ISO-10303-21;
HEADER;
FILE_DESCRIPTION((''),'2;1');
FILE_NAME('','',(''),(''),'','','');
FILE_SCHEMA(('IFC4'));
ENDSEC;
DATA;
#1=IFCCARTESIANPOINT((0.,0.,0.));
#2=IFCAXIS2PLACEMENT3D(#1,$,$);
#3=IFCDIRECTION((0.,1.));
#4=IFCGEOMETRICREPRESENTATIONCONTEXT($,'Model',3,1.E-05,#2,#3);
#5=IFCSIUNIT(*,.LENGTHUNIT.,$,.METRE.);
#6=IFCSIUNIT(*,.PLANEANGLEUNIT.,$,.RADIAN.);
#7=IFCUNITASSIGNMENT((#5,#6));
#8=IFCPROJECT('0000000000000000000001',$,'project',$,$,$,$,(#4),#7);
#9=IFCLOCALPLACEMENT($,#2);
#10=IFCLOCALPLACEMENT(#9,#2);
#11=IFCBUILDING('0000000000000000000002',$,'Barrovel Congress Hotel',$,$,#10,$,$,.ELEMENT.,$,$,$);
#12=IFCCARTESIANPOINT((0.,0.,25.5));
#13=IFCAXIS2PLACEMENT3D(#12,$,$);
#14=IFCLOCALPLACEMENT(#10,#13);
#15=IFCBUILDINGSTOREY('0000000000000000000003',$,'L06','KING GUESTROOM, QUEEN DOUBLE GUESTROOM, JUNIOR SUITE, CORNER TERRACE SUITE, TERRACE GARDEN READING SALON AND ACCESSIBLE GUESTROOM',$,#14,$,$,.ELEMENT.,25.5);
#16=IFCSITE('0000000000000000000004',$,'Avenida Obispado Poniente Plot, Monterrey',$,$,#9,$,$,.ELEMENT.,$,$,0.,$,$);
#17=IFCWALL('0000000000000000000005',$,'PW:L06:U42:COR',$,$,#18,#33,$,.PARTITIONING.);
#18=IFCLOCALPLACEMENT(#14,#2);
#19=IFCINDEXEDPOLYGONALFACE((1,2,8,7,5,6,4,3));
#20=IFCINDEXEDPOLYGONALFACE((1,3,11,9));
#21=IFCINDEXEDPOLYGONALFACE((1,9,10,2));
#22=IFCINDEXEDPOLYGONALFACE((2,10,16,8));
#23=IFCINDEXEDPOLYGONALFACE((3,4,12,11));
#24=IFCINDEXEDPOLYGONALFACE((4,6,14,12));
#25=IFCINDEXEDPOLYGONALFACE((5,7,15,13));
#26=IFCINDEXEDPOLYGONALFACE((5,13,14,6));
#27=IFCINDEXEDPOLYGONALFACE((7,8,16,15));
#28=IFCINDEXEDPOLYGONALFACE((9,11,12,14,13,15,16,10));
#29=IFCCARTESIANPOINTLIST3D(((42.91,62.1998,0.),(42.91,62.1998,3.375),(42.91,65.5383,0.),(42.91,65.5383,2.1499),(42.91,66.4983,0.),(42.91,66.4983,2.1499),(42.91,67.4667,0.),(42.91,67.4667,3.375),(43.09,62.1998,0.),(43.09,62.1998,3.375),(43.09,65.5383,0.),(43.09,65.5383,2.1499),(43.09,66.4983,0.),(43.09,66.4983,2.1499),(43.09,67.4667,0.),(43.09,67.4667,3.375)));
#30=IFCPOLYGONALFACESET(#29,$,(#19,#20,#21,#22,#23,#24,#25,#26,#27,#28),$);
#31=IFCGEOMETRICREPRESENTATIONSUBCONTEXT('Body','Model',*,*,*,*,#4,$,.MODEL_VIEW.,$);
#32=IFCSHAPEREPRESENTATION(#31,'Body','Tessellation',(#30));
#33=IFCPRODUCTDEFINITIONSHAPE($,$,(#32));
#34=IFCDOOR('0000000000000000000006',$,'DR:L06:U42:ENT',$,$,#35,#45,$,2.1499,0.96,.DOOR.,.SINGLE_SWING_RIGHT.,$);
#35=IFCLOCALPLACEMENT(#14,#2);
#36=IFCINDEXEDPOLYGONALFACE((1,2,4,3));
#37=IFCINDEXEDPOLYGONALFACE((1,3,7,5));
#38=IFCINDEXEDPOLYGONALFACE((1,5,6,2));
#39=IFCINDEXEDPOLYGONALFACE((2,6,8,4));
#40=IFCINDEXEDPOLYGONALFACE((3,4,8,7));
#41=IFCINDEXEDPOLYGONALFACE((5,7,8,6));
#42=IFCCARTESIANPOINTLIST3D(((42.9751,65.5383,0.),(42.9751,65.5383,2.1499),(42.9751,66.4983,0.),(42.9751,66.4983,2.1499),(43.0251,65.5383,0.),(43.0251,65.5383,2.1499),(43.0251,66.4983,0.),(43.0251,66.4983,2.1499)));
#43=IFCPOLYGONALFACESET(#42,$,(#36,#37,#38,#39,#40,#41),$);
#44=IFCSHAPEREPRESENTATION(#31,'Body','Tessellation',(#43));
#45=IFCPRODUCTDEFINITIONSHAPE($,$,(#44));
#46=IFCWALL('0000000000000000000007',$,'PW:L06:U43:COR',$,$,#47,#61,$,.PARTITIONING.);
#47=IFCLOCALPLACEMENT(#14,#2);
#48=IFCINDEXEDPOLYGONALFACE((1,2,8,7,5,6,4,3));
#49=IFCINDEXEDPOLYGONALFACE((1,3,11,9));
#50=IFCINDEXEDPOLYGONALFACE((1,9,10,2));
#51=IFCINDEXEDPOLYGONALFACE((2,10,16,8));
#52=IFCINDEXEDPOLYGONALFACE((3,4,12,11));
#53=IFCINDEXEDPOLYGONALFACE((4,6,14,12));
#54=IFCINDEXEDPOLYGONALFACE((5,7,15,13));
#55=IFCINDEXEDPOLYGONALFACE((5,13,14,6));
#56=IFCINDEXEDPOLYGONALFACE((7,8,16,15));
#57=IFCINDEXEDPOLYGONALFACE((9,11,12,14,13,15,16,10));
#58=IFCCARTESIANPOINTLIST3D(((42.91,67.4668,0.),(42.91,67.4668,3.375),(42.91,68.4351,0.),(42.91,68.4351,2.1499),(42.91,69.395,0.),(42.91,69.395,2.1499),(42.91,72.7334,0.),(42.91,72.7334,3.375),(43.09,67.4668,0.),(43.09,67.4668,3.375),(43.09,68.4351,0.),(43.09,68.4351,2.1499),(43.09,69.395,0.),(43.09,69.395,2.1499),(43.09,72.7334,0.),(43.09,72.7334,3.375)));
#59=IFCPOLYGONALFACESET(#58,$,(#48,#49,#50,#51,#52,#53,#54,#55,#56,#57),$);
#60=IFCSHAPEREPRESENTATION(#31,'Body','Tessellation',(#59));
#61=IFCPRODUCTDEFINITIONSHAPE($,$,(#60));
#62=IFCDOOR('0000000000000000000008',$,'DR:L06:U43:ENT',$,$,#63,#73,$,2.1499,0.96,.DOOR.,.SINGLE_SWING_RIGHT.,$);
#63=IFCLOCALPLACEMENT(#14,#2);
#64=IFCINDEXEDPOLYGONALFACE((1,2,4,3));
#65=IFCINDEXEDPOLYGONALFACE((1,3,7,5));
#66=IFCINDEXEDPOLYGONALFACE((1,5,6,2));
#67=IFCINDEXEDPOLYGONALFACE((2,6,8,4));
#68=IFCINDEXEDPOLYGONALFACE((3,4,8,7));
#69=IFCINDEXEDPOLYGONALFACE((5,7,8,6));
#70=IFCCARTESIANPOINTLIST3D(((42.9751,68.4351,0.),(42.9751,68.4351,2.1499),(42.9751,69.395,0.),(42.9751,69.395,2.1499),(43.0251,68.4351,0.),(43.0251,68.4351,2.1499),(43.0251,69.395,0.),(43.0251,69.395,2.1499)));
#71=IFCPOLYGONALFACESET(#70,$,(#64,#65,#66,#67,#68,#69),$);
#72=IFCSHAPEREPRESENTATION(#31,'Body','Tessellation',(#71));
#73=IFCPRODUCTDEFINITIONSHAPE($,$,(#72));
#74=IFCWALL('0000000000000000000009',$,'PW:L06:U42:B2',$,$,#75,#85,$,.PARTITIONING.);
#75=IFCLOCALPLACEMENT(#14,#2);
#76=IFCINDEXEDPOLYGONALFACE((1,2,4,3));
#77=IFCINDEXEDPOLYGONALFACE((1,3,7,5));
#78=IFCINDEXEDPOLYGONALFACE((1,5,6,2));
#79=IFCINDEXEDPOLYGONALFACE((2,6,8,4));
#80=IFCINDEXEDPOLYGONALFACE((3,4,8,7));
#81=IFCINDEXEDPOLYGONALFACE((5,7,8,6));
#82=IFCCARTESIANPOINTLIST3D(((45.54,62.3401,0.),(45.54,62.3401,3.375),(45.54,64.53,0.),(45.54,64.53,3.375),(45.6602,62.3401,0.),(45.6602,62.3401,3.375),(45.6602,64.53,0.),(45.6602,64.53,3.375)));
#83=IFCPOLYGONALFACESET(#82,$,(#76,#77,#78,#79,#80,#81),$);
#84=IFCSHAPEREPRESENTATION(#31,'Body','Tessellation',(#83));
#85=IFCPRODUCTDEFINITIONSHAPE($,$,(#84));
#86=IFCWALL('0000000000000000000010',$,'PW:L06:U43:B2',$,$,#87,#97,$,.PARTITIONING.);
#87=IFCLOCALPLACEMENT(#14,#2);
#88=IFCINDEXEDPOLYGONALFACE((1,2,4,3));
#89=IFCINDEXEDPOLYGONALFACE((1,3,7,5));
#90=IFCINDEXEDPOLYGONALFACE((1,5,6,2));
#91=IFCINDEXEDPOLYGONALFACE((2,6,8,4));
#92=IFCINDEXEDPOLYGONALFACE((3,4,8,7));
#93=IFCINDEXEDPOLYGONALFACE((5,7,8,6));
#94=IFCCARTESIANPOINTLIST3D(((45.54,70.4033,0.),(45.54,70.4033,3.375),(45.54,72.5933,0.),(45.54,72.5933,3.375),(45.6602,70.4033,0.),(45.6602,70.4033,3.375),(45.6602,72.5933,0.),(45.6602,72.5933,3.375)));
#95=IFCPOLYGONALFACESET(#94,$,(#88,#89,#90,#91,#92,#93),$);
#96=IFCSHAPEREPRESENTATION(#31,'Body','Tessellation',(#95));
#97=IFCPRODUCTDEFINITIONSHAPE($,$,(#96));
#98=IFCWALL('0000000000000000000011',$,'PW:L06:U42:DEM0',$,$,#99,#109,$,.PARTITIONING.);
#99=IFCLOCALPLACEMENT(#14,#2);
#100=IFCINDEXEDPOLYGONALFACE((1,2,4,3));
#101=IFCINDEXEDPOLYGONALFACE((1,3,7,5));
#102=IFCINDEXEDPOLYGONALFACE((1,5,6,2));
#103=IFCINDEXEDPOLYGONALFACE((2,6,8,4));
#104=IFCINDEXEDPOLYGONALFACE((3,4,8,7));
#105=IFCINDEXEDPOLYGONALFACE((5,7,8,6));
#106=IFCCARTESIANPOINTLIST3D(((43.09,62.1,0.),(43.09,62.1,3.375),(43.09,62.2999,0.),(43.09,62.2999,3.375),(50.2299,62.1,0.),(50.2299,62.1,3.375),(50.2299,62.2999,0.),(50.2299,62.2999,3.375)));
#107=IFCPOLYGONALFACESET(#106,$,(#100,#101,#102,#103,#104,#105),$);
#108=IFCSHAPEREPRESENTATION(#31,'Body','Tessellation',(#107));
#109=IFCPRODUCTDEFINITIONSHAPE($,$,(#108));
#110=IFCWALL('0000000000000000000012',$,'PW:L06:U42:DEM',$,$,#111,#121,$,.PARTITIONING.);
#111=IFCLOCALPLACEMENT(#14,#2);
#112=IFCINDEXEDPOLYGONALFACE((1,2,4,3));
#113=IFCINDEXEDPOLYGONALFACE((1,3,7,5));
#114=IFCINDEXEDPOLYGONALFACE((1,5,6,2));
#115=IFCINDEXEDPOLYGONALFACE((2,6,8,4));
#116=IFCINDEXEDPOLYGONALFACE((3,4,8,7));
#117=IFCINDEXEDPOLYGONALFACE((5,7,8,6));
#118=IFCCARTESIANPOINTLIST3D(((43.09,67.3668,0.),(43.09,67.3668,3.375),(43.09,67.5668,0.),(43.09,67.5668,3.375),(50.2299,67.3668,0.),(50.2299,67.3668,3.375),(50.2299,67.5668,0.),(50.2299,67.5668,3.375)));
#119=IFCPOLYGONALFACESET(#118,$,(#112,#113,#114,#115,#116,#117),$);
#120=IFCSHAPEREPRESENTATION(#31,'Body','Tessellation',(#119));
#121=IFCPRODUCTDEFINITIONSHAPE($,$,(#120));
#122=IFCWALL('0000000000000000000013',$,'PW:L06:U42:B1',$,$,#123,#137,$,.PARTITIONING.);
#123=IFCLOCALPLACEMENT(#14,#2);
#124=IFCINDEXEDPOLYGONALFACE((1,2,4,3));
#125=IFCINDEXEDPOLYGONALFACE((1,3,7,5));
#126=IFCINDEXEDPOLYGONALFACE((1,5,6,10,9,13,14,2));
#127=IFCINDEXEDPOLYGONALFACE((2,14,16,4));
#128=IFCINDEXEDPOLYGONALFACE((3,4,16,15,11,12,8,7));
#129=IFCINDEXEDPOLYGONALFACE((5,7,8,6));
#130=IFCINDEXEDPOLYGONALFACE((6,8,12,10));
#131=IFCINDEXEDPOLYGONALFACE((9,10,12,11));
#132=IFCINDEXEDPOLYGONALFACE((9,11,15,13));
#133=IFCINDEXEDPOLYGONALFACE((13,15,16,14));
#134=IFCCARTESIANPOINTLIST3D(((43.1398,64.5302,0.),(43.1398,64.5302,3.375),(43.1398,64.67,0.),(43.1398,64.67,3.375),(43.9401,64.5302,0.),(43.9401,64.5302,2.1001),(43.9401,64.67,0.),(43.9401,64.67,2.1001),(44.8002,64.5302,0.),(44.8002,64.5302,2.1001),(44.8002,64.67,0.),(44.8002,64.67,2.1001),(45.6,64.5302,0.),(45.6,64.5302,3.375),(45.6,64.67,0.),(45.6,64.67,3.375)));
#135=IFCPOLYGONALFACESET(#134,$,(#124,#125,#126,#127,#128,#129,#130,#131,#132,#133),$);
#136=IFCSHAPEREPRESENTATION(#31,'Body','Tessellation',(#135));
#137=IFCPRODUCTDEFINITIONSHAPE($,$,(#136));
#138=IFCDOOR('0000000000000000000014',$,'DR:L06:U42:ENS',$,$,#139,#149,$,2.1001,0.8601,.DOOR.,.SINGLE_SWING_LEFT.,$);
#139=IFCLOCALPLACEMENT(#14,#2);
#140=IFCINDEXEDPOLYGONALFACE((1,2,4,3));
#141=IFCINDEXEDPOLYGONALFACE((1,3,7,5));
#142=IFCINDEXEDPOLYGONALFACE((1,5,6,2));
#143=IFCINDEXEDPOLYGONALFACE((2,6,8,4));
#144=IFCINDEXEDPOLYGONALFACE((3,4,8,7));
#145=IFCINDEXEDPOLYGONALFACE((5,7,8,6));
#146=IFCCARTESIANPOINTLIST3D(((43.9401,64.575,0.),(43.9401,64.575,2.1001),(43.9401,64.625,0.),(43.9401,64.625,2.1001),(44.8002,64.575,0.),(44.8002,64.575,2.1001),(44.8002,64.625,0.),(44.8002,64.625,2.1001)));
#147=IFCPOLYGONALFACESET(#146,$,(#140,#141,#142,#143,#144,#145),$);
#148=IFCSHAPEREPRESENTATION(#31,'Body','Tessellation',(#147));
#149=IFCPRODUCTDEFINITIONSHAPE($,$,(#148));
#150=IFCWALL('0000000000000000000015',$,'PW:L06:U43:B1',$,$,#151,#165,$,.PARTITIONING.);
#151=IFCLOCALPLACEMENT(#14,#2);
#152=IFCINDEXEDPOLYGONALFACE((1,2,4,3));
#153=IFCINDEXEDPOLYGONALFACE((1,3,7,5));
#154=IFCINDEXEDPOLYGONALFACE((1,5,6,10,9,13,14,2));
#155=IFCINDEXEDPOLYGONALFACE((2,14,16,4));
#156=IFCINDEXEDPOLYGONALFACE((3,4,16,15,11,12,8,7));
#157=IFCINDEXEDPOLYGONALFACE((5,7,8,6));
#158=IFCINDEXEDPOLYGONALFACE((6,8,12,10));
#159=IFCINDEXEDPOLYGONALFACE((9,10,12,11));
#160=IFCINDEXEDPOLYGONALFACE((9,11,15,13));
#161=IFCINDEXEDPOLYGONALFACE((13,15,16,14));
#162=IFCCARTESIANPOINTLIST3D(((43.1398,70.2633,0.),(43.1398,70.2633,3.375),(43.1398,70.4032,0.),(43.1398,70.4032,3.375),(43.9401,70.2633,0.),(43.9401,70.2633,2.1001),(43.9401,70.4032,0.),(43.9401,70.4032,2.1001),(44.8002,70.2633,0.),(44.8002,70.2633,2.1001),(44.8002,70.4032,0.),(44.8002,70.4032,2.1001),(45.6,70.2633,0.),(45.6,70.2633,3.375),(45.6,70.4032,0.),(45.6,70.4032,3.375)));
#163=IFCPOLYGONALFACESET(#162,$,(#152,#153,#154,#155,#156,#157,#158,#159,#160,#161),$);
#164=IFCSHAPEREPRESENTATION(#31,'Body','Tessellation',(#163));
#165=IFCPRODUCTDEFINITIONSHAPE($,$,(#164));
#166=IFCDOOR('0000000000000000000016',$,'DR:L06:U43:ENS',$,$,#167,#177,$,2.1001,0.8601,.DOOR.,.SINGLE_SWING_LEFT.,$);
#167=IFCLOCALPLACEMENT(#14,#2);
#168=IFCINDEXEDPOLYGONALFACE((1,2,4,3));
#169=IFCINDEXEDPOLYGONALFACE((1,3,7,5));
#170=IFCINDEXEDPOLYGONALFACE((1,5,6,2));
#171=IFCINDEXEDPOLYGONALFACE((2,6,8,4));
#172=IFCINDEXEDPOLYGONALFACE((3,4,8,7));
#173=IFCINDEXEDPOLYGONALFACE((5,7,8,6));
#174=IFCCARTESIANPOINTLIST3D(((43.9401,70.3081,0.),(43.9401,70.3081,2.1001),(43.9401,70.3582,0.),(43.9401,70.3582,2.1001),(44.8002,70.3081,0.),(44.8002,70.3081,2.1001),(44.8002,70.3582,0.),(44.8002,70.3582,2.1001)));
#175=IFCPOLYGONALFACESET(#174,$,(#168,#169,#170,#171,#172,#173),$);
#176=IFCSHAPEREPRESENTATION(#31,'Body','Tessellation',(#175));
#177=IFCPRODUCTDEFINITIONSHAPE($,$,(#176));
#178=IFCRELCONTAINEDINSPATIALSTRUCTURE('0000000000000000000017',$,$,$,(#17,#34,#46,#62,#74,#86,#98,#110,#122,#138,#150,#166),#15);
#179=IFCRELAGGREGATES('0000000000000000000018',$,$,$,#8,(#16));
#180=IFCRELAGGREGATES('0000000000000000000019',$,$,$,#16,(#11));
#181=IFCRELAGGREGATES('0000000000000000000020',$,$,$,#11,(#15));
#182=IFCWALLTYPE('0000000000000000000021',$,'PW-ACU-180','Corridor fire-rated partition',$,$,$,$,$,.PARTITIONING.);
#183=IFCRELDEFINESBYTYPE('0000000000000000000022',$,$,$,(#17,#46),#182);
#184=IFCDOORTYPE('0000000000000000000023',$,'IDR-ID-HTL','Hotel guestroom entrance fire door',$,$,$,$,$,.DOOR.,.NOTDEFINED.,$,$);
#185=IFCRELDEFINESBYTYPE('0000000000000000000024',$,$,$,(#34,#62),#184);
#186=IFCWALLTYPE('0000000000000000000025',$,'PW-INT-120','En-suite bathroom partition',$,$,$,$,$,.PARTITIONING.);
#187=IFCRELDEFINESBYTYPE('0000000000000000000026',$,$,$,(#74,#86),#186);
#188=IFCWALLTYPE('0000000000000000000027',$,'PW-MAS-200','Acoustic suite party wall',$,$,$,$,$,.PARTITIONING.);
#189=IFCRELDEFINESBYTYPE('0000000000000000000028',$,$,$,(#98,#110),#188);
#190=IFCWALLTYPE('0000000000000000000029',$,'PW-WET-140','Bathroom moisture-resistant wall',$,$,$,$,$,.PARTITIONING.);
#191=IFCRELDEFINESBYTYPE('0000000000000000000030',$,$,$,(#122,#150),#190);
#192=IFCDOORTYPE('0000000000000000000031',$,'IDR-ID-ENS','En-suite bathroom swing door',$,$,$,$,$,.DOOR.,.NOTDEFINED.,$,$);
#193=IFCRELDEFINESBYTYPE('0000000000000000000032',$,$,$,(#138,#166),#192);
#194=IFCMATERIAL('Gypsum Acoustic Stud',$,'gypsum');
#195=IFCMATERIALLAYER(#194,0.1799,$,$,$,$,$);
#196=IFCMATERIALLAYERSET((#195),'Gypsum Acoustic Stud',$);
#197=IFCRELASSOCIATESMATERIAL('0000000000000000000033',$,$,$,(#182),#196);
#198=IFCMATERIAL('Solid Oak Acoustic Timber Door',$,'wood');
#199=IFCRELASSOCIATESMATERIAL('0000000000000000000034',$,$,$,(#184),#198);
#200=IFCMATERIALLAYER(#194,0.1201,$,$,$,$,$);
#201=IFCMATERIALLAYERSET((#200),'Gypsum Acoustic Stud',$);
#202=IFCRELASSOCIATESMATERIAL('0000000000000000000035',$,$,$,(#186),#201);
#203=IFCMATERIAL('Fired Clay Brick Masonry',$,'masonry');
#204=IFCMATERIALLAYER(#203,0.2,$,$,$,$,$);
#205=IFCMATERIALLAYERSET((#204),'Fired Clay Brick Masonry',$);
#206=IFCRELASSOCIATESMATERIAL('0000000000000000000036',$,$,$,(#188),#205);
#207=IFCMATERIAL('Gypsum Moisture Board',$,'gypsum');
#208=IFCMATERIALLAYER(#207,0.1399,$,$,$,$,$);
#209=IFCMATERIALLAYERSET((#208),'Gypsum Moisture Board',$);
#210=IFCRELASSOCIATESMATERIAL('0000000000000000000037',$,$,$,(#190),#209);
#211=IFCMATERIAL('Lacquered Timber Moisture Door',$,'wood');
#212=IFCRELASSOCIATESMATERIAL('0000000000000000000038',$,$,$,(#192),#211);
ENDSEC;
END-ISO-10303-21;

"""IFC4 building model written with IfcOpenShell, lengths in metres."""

from ifc_helpers import new_model, si_unit, direction, frame, frame_2d, origin, place, context, subcontext, project, spatial, rectangle, extrude, material, layer, layer_set, type_object, element, fill, save


model = new_model("IFC4")

# Units and contexts
model_context = context("Model", 3, precision=1e-05, world=origin(), true_north=direction((0.0, 1.0)))
body_context = subcontext(model_context, "Body", "Model", "MODEL_VIEW")
ifc_project = project(units=[si_unit("LENGTHUNIT", "METRE"), si_unit("PLANEANGLEUNIT", "RADIAN")], contexts=[model_context])

# Site, building, storey
site_placement = place(None, origin())
site = spatial("IfcSite", under=ifc_project, at=site_placement, Name="Avenida Obispado Poniente Plot, Monterrey", CompositionType="ELEMENT", RefElevation=0.0)
building_placement = place(site_placement, origin())
building = spatial("IfcBuilding", under=site, at=building_placement, Name="Barrovel Congress Hotel", CompositionType="ELEMENT")
storey_placement = place(building_placement, frame((0.0, 0.0, 25.5)))
storey = spatial("IfcBuildingStorey", under=building, at=storey_placement, Name="L06", Description="KING GUESTROOM, QUEEN DOUBLE GUESTROOM, JUNIOR SUITE, CORNER TERRACE SUITE, TERRACE GARDEN READING SALON AND ACCESSIBLE GUESTROOM", CompositionType="ELEMENT", Elevation=25.5)

# Shared definitions
ifc_material_1 = material(Name="Fired Clay Brick Masonry", Category="masonry")

# Walls, openings, doors
ifc_material_2 = material(Name="Gypsum Acoustic Stud", Category="gypsum")
ifc_layer_1 = layer(ifc_material_2, 0.1799)
ifc_layer_set_1 = layer_set([ifc_layer_1], Name="Gypsum Acoustic Stud")
wall_type_1 = type_object("IfcWallType", Name="PW-ACU-180", Description="Corridor fire-rated partition", PredefinedType="PARTITIONING", material=ifc_layer_set_1)
wall_1_placement = place(storey_placement, frame((43.0, 62.2, 0.0), z_axis=(0.0, 0.0, 1.0), x_axis=(0.0, 1.0, 0.0)))
wall_1 = element("IfcWall", 1, at=wall_1_placement, inside=storey, type_object=wall_type_1, Name="PW:L06:U42:COR", PredefinedType="PARTITIONING", context=body_context, shape_type="SweptSolid", body=[
    extrude(rectangle(XDim=5.2668, YDim=0.1799, at=frame_2d((2.6333, 0.0))), origin(), (0.0, 0.0, 1.0), 3.375),
])
opening_1_placement = place(wall_1_placement, frame((3.3384, 0.0, 0.0)))
opening_1 = element("IfcOpeningElement", 2, at=opening_1_placement, cuts=wall_1, PredefinedType="OPENING", context=body_context, shape_type="SweptSolid", body=[
    extrude(rectangle(XDim=0.96, YDim=2.1499, at=frame_2d((0.48, 1.075))), frame((0.0, 0.1001, 0.0), z_axis=(0.0, -1.0, 0.0), x_axis=(1.0, 0.0, 0.0)), (0.0, 0.0, 1.0), 0.2),
])
ifc_material_3 = material(Name="Solid Oak Acoustic Timber Door", Category="wood")
door_type_1 = type_object("IfcDoorType", Name="IDR-ID-HTL", Description="Hotel guestroom entrance fire door", OperationType="NOTDEFINED", PredefinedType="DOOR", material=ifc_material_3)
door_1_placement = place(opening_1_placement, origin())
door_1 = element("IfcDoor", 3, at=door_1_placement, inside=storey, type_object=door_type_1, Name="DR:L06:U42:ENT", OperationType="SINGLE_SWING_RIGHT", OverallHeight=2.1499, OverallWidth=0.96, PredefinedType="DOOR", context=body_context, shape_type="SweptSolid", body=[
    extrude(rectangle(XDim=0.96, YDim=2.1499, at=frame_2d((0.48, 1.075))), frame((0.0, 0.0249, 0.0), z_axis=(0.0, -1.0, 0.0), x_axis=(1.0, 0.0, 0.0)), (0.0, 0.0, 1.0), 0.05),
])
fill(opening_1, door_1)
wall_2_placement = place(storey_placement, frame((43.0, 67.4668, 0.0), z_axis=(0.0, 0.0, 1.0), x_axis=(0.0, 1.0, 0.0)))
wall_2 = element("IfcWall", 4, at=wall_2_placement, inside=storey, type_object=wall_type_1, Name="PW:L06:U43:COR", PredefinedType="PARTITIONING", context=body_context, shape_type="SweptSolid", body=[
    extrude(rectangle(XDim=5.2666, YDim=0.1799, at=frame_2d((2.6333, 0.0))), origin(), (0.0, 0.0, 1.0), 3.375),
])
opening_2_placement = place(wall_2_placement, frame((0.9683, 0.0, 0.0)))
opening_2 = element("IfcOpeningElement", 5, at=opening_2_placement, cuts=wall_2, PredefinedType="OPENING", context=body_context, shape_type="SweptSolid", body=[
    extrude(rectangle(XDim=0.96, YDim=2.1499, at=frame_2d((0.48, 1.075))), frame((0.0, 0.1001, 0.0), z_axis=(0.0, -1.0, 0.0), x_axis=(1.0, 0.0, 0.0)), (0.0, 0.0, 1.0), 0.2),
])
door_2_placement = place(opening_2_placement, origin())
door_2 = element("IfcDoor", 6, at=door_2_placement, inside=storey, type_object=door_type_1, Name="DR:L06:U43:ENT", OperationType="SINGLE_SWING_RIGHT", OverallHeight=2.1499, OverallWidth=0.96, PredefinedType="DOOR", context=body_context, shape_type="SweptSolid", body=[
    extrude(rectangle(XDim=0.96, YDim=2.1499, at=frame_2d((0.48, 1.075))), frame((0.0, 0.0249, 0.0), z_axis=(0.0, -1.0, 0.0), x_axis=(1.0, 0.0, 0.0)), (0.0, 0.0, 1.0), 0.05),
])
fill(opening_2, door_2)

# Walls
ifc_layer_2 = layer(ifc_material_2, 0.1201)
ifc_layer_set_2 = layer_set([ifc_layer_2], Name="Gypsum Acoustic Stud")
wall_type_2 = type_object("IfcWallType", Name="PW-INT-120", Description="En-suite bathroom partition", PredefinedType="PARTITIONING", material=ifc_layer_set_2)
for number, where, z_axis, x_axis, name in (
    (7, (45.6001, 62.3401, 0.0), (0.0, 0.0, 1.0), (0.0, 1.0, 0.0), "PW:L06:U42:B2"),
    (8, (45.6001, 70.4033, 0.0), (0.0, 0.0, 1.0), (0.0, 1.0, 0.0), "PW:L06:U43:B2"),
):
    element("IfcWall", number, at=place(storey_placement, frame(where, z_axis=z_axis, x_axis=x_axis)), inside=storey, type_object=wall_type_2, Name=name, PredefinedType="PARTITIONING", context=body_context, shape_type="SweptSolid", body=[
        extrude(rectangle(XDim=2.1899, YDim=0.1201, at=frame_2d((1.095, 0.0))), origin(), (0.0, 0.0, 1.0), 3.375),
    ])
ifc_layer_3 = layer(ifc_material_1, 0.2)
ifc_layer_set_3 = layer_set([ifc_layer_3], Name="Fired Clay Brick Masonry")
wall_type_3 = type_object("IfcWallType", Name="PW-MAS-200", Description="Acoustic suite party wall", PredefinedType="PARTITIONING", material=ifc_layer_set_3)
for number, where, z_axis, x_axis, name in (
    (9, (43.0901, 62.2, 0.0), (0.0, 0.0, 1.0), (1.0, 0.0, 0.0), "PW:L06:U42:DEM0"),
    (10, (43.0901, 67.4668, 0.0), (0.0, 0.0, 1.0), (1.0, 0.0, 0.0), "PW:L06:U42:DEM"),
):
    element("IfcWall", number, at=place(storey_placement, frame(where, z_axis=z_axis, x_axis=x_axis)), inside=storey, type_object=wall_type_3, Name=name, PredefinedType="PARTITIONING", context=body_context, shape_type="SweptSolid", body=[
        extrude(rectangle(XDim=7.1399, YDim=0.2, at=frame_2d((3.5698, 0.0))), origin(), (0.0, 0.0, 1.0), 3.375),
    ])

# Walls, openings, doors
ifc_material_4 = material(Name="Gypsum Moisture Board", Category="gypsum")
ifc_layer_4 = layer(ifc_material_4, 0.1399)
ifc_layer_set_4 = layer_set([ifc_layer_4], Name="Gypsum Moisture Board")
wall_type_4 = type_object("IfcWallType", Name="PW-WET-140", Description="Bathroom moisture-resistant wall", PredefinedType="PARTITIONING", material=ifc_layer_set_4)
wall_3_placement = place(storey_placement, frame((43.1399, 64.6001, 0.0), z_axis=(0.0, 0.0, 1.0), x_axis=(1.0, 0.0, 0.0)))
wall_3 = element("IfcWall", 11, at=wall_3_placement, inside=storey, type_object=wall_type_4, Name="PW:L06:U42:B1", PredefinedType="PARTITIONING", context=body_context, shape_type="SweptSolid", body=[
    extrude(rectangle(XDim=2.4602, YDim=0.1399, at=frame_2d((1.23, 0.0))), origin(), (0.0, 0.0, 1.0), 3.375),
])
opening_3_placement = place(wall_3_placement, frame((0.8, 0.0, 0.0)))
opening_3 = element("IfcOpeningElement", 12, at=opening_3_placement, cuts=wall_3, PredefinedType="OPENING", context=body_context, shape_type="SweptSolid", body=[
    extrude(rectangle(XDim=0.8601, YDim=2.1001, at=frame_2d((0.4302, 1.05))), frame((0.0, 0.0801, 0.0), z_axis=(0.0, -1.0, 0.0), x_axis=(1.0, 0.0, 0.0)), (0.0, 0.0, 1.0), 0.1599),
])
ifc_material_5 = material(Name="Lacquered Timber Moisture Door", Category="wood")
door_type_2 = type_object("IfcDoorType", Name="IDR-ID-ENS", Description="En-suite bathroom swing door", OperationType="NOTDEFINED", PredefinedType="DOOR", material=ifc_material_5)
door_3_placement = place(opening_3_placement, origin())
door_3 = element("IfcDoor", 13, at=door_3_placement, inside=storey, type_object=door_type_2, Name="DR:L06:U42:ENS", OperationType="SINGLE_SWING_LEFT", OverallHeight=2.1001, OverallWidth=0.8601, PredefinedType="DOOR", context=body_context, shape_type="SweptSolid", body=[
    extrude(rectangle(XDim=0.8601, YDim=2.1001, at=frame_2d((0.4302, 1.05))), frame((0.0, 0.0249, 0.0), z_axis=(0.0, -1.0, 0.0), x_axis=(1.0, 0.0, 0.0)), (0.0, 0.0, 1.0), 0.05),
])
fill(opening_3, door_3)
wall_4_placement = place(storey_placement, frame((43.1399, 70.3333, 0.0), z_axis=(0.0, 0.0, 1.0), x_axis=(1.0, 0.0, 0.0)))
wall_4 = element("IfcWall", 14, at=wall_4_placement, inside=storey, type_object=wall_type_4, Name="PW:L06:U43:B1", PredefinedType="PARTITIONING", context=body_context, shape_type="SweptSolid", body=[
    extrude(rectangle(XDim=2.4602, YDim=0.1399, at=frame_2d((1.23, 0.0))), origin(), (0.0, 0.0, 1.0), 3.375),
])
opening_4_placement = place(wall_4_placement, frame((0.8, 0.0, 0.0)))
opening_4 = element("IfcOpeningElement", 15, at=opening_4_placement, cuts=wall_4, PredefinedType="OPENING", context=body_context, shape_type="SweptSolid", body=[
    extrude(rectangle(XDim=0.8601, YDim=2.1001, at=frame_2d((0.4302, 1.05))), frame((0.0, 0.0801, 0.0), z_axis=(0.0, -1.0, 0.0), x_axis=(1.0, 0.0, 0.0)), (0.0, 0.0, 1.0), 0.1599),
])
door_4_placement = place(opening_4_placement, origin())
door_4 = element("IfcDoor", 16, at=door_4_placement, inside=storey, type_object=door_type_2, Name="DR:L06:U43:ENS", OperationType="SINGLE_SWING_LEFT", OverallHeight=2.1001, OverallWidth=0.8601, PredefinedType="DOOR", context=body_context, shape_type="SweptSolid", body=[
    extrude(rectangle(XDim=0.8601, YDim=2.1001, at=frame_2d((0.4302, 1.05))), frame((0.0, 0.0249, 0.0), z_axis=(0.0, -1.0, 0.0), x_axis=(1.0, 0.0, 0.0)), (0.0, 0.0, 1.0), 0.05),
])
fill(opening_4, door_4)

save(model, "model.ifc")
